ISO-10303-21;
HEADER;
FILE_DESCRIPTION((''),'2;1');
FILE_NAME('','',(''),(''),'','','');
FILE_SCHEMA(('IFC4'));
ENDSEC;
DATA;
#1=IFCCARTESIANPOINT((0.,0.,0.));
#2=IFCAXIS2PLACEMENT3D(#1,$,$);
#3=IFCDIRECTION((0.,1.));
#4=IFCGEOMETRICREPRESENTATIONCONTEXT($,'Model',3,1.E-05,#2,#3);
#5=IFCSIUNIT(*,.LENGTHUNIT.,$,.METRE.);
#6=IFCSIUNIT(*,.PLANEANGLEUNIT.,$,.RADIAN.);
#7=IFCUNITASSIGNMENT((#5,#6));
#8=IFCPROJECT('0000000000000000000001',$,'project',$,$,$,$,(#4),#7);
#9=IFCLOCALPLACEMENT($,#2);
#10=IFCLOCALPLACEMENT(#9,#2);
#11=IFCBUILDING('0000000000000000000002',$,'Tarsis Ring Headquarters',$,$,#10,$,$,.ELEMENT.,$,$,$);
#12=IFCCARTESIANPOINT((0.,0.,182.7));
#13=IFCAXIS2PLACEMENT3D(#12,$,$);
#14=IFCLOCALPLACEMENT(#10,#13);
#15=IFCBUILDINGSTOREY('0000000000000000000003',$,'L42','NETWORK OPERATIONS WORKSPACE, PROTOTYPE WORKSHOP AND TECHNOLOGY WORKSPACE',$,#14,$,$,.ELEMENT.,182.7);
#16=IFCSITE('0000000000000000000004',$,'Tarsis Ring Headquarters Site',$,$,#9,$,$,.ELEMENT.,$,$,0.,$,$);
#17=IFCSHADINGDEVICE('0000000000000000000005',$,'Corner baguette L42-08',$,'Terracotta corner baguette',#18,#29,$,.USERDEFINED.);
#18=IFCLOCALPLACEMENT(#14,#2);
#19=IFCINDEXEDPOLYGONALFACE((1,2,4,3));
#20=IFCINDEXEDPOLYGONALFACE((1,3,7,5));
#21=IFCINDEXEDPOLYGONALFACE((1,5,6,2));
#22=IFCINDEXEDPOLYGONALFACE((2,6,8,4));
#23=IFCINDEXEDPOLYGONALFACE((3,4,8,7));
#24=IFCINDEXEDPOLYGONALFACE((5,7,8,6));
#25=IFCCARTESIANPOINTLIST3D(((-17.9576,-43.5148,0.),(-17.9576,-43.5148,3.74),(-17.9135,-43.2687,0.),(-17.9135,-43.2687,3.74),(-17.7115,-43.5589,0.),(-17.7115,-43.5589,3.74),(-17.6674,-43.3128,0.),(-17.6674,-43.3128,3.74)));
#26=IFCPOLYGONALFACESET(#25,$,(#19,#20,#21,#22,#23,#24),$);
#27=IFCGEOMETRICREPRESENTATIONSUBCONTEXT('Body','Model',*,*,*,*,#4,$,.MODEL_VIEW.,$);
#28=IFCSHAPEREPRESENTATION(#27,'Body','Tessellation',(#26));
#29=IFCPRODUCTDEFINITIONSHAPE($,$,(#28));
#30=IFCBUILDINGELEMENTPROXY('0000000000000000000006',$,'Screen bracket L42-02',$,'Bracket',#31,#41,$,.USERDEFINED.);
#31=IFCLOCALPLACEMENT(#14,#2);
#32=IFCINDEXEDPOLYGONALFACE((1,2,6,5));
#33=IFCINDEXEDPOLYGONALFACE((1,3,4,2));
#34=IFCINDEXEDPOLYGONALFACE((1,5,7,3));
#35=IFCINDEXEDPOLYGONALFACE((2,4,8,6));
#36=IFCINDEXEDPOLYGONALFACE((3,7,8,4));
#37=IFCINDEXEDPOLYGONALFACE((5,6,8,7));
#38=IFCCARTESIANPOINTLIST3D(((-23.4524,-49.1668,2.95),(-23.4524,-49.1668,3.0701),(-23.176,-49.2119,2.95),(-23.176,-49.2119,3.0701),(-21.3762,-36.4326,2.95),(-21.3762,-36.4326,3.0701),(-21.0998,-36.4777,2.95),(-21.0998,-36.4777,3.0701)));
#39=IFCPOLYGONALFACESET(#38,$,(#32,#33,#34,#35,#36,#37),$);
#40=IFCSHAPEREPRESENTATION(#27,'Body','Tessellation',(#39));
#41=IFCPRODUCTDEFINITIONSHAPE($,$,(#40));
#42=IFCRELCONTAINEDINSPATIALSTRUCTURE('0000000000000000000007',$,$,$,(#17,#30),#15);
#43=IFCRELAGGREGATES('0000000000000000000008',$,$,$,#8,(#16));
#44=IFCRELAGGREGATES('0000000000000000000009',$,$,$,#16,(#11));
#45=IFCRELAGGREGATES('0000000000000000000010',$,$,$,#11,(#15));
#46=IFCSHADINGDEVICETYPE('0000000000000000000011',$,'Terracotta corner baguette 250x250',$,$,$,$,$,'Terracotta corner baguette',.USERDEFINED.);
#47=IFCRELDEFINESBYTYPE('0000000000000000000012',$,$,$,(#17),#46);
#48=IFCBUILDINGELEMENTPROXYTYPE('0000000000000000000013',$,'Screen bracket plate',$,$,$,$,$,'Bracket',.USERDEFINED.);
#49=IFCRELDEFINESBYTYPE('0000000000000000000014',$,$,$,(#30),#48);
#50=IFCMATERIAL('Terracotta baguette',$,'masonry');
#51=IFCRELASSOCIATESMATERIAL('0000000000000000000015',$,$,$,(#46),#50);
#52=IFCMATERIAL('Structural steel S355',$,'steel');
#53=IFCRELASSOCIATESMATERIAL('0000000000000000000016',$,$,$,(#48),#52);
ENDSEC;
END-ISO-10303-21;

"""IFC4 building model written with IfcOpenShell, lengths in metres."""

from ifc_helpers import new_model, si_unit, direction, frame, origin, origin_2d, place, context, subcontext, project, spatial, rectangle, extrude, material, type_object, element, save


model = new_model("IFC4")

# Units and contexts
model_context = context("Model", 3, precision=1e-05, world=origin(), true_north=direction((0.0, 1.0)))
body_context = subcontext(model_context, "Body", "Model", "MODEL_VIEW")
ifc_project = project(units=[si_unit("LENGTHUNIT", "METRE"), si_unit("PLANEANGLEUNIT", "RADIAN")], contexts=[model_context])

# Site, building, storey
site_placement = place(None, origin())
site = spatial("IfcSite", under=ifc_project, at=site_placement, Name="Tarsis Ring Headquarters Site", CompositionType="ELEMENT", RefElevation=0.0)
building_placement = place(site_placement, origin())
building = spatial("IfcBuilding", under=site, at=building_placement, Name="Tarsis Ring Headquarters", CompositionType="ELEMENT")
storey_placement = place(building_placement, frame((0.0, 0.0, 182.7)))
storey = spatial("IfcBuildingStorey", under=building, at=storey_placement, Name="L42", Description="NETWORK OPERATIONS WORKSPACE, PROTOTYPE WORKSHOP AND TECHNOLOGY WORKSPACE", CompositionType="ELEMENT", Elevation=182.7)

# Shared definitions
ifc_material_1 = material(Name="Structural steel S355", Category="steel")

# Shading device
ifc_material_2 = material(Name="Terracotta baguette", Category="masonry")
shading_device_type_1 = type_object("IfcShadingDeviceType", Name="Terracotta corner baguette 250x250", ElementType="Terracotta corner baguette", PredefinedType="USERDEFINED", material=ifc_material_2)
for number, where, z_axis, x_axis, name in (
    (1, (-17.8125, -43.4138, 0.0), (0.0, 0.0, 1.0), (0.984319, -0.176397, 0.0), "Corner baguette L42-08"),
):
    element("IfcShadingDevice", number, at=place(storey_placement, frame(where, z_axis=z_axis, x_axis=x_axis)), inside=storey, type_object=shading_device_type_1, Name=name, ObjectType="Terracotta corner baguette", PredefinedType="USERDEFINED", context=body_context, shape_type="SweptSolid", body=[
        extrude(rectangle(XDim=0.25, YDim=0.25, at=origin_2d()), origin(), (0.0, 0.0, 1.0), 3.74),
    ])

# Building element proxy
building_element_proxy_type = type_object("IfcBuildingElementProxyType", Name="Screen bracket plate", ElementType="Bracket", PredefinedType="USERDEFINED", material=ifc_material_1)
proxy_placement = place(storey_placement, frame((-22.2761, -42.8223, 2.95), z_axis=(0.0, 0.0, 1.0), x_axis=(-0.160915, -0.986968, 0.0)))
element("IfcBuildingElementProxy", 2, at=proxy_placement, inside=storey, type_object=building_element_proxy_type, Name="Screen bracket L42-02", ObjectType="Bracket", PredefinedType="USERDEFINED", context=body_context, shape_type="SweptSolid", body=[
    extrude(rectangle(XDim=12.9023, YDim=0.28, at=origin_2d()), origin(), (0.0, 0.0, 1.0), 0.1201),
])

save(model, "model.ifc")
